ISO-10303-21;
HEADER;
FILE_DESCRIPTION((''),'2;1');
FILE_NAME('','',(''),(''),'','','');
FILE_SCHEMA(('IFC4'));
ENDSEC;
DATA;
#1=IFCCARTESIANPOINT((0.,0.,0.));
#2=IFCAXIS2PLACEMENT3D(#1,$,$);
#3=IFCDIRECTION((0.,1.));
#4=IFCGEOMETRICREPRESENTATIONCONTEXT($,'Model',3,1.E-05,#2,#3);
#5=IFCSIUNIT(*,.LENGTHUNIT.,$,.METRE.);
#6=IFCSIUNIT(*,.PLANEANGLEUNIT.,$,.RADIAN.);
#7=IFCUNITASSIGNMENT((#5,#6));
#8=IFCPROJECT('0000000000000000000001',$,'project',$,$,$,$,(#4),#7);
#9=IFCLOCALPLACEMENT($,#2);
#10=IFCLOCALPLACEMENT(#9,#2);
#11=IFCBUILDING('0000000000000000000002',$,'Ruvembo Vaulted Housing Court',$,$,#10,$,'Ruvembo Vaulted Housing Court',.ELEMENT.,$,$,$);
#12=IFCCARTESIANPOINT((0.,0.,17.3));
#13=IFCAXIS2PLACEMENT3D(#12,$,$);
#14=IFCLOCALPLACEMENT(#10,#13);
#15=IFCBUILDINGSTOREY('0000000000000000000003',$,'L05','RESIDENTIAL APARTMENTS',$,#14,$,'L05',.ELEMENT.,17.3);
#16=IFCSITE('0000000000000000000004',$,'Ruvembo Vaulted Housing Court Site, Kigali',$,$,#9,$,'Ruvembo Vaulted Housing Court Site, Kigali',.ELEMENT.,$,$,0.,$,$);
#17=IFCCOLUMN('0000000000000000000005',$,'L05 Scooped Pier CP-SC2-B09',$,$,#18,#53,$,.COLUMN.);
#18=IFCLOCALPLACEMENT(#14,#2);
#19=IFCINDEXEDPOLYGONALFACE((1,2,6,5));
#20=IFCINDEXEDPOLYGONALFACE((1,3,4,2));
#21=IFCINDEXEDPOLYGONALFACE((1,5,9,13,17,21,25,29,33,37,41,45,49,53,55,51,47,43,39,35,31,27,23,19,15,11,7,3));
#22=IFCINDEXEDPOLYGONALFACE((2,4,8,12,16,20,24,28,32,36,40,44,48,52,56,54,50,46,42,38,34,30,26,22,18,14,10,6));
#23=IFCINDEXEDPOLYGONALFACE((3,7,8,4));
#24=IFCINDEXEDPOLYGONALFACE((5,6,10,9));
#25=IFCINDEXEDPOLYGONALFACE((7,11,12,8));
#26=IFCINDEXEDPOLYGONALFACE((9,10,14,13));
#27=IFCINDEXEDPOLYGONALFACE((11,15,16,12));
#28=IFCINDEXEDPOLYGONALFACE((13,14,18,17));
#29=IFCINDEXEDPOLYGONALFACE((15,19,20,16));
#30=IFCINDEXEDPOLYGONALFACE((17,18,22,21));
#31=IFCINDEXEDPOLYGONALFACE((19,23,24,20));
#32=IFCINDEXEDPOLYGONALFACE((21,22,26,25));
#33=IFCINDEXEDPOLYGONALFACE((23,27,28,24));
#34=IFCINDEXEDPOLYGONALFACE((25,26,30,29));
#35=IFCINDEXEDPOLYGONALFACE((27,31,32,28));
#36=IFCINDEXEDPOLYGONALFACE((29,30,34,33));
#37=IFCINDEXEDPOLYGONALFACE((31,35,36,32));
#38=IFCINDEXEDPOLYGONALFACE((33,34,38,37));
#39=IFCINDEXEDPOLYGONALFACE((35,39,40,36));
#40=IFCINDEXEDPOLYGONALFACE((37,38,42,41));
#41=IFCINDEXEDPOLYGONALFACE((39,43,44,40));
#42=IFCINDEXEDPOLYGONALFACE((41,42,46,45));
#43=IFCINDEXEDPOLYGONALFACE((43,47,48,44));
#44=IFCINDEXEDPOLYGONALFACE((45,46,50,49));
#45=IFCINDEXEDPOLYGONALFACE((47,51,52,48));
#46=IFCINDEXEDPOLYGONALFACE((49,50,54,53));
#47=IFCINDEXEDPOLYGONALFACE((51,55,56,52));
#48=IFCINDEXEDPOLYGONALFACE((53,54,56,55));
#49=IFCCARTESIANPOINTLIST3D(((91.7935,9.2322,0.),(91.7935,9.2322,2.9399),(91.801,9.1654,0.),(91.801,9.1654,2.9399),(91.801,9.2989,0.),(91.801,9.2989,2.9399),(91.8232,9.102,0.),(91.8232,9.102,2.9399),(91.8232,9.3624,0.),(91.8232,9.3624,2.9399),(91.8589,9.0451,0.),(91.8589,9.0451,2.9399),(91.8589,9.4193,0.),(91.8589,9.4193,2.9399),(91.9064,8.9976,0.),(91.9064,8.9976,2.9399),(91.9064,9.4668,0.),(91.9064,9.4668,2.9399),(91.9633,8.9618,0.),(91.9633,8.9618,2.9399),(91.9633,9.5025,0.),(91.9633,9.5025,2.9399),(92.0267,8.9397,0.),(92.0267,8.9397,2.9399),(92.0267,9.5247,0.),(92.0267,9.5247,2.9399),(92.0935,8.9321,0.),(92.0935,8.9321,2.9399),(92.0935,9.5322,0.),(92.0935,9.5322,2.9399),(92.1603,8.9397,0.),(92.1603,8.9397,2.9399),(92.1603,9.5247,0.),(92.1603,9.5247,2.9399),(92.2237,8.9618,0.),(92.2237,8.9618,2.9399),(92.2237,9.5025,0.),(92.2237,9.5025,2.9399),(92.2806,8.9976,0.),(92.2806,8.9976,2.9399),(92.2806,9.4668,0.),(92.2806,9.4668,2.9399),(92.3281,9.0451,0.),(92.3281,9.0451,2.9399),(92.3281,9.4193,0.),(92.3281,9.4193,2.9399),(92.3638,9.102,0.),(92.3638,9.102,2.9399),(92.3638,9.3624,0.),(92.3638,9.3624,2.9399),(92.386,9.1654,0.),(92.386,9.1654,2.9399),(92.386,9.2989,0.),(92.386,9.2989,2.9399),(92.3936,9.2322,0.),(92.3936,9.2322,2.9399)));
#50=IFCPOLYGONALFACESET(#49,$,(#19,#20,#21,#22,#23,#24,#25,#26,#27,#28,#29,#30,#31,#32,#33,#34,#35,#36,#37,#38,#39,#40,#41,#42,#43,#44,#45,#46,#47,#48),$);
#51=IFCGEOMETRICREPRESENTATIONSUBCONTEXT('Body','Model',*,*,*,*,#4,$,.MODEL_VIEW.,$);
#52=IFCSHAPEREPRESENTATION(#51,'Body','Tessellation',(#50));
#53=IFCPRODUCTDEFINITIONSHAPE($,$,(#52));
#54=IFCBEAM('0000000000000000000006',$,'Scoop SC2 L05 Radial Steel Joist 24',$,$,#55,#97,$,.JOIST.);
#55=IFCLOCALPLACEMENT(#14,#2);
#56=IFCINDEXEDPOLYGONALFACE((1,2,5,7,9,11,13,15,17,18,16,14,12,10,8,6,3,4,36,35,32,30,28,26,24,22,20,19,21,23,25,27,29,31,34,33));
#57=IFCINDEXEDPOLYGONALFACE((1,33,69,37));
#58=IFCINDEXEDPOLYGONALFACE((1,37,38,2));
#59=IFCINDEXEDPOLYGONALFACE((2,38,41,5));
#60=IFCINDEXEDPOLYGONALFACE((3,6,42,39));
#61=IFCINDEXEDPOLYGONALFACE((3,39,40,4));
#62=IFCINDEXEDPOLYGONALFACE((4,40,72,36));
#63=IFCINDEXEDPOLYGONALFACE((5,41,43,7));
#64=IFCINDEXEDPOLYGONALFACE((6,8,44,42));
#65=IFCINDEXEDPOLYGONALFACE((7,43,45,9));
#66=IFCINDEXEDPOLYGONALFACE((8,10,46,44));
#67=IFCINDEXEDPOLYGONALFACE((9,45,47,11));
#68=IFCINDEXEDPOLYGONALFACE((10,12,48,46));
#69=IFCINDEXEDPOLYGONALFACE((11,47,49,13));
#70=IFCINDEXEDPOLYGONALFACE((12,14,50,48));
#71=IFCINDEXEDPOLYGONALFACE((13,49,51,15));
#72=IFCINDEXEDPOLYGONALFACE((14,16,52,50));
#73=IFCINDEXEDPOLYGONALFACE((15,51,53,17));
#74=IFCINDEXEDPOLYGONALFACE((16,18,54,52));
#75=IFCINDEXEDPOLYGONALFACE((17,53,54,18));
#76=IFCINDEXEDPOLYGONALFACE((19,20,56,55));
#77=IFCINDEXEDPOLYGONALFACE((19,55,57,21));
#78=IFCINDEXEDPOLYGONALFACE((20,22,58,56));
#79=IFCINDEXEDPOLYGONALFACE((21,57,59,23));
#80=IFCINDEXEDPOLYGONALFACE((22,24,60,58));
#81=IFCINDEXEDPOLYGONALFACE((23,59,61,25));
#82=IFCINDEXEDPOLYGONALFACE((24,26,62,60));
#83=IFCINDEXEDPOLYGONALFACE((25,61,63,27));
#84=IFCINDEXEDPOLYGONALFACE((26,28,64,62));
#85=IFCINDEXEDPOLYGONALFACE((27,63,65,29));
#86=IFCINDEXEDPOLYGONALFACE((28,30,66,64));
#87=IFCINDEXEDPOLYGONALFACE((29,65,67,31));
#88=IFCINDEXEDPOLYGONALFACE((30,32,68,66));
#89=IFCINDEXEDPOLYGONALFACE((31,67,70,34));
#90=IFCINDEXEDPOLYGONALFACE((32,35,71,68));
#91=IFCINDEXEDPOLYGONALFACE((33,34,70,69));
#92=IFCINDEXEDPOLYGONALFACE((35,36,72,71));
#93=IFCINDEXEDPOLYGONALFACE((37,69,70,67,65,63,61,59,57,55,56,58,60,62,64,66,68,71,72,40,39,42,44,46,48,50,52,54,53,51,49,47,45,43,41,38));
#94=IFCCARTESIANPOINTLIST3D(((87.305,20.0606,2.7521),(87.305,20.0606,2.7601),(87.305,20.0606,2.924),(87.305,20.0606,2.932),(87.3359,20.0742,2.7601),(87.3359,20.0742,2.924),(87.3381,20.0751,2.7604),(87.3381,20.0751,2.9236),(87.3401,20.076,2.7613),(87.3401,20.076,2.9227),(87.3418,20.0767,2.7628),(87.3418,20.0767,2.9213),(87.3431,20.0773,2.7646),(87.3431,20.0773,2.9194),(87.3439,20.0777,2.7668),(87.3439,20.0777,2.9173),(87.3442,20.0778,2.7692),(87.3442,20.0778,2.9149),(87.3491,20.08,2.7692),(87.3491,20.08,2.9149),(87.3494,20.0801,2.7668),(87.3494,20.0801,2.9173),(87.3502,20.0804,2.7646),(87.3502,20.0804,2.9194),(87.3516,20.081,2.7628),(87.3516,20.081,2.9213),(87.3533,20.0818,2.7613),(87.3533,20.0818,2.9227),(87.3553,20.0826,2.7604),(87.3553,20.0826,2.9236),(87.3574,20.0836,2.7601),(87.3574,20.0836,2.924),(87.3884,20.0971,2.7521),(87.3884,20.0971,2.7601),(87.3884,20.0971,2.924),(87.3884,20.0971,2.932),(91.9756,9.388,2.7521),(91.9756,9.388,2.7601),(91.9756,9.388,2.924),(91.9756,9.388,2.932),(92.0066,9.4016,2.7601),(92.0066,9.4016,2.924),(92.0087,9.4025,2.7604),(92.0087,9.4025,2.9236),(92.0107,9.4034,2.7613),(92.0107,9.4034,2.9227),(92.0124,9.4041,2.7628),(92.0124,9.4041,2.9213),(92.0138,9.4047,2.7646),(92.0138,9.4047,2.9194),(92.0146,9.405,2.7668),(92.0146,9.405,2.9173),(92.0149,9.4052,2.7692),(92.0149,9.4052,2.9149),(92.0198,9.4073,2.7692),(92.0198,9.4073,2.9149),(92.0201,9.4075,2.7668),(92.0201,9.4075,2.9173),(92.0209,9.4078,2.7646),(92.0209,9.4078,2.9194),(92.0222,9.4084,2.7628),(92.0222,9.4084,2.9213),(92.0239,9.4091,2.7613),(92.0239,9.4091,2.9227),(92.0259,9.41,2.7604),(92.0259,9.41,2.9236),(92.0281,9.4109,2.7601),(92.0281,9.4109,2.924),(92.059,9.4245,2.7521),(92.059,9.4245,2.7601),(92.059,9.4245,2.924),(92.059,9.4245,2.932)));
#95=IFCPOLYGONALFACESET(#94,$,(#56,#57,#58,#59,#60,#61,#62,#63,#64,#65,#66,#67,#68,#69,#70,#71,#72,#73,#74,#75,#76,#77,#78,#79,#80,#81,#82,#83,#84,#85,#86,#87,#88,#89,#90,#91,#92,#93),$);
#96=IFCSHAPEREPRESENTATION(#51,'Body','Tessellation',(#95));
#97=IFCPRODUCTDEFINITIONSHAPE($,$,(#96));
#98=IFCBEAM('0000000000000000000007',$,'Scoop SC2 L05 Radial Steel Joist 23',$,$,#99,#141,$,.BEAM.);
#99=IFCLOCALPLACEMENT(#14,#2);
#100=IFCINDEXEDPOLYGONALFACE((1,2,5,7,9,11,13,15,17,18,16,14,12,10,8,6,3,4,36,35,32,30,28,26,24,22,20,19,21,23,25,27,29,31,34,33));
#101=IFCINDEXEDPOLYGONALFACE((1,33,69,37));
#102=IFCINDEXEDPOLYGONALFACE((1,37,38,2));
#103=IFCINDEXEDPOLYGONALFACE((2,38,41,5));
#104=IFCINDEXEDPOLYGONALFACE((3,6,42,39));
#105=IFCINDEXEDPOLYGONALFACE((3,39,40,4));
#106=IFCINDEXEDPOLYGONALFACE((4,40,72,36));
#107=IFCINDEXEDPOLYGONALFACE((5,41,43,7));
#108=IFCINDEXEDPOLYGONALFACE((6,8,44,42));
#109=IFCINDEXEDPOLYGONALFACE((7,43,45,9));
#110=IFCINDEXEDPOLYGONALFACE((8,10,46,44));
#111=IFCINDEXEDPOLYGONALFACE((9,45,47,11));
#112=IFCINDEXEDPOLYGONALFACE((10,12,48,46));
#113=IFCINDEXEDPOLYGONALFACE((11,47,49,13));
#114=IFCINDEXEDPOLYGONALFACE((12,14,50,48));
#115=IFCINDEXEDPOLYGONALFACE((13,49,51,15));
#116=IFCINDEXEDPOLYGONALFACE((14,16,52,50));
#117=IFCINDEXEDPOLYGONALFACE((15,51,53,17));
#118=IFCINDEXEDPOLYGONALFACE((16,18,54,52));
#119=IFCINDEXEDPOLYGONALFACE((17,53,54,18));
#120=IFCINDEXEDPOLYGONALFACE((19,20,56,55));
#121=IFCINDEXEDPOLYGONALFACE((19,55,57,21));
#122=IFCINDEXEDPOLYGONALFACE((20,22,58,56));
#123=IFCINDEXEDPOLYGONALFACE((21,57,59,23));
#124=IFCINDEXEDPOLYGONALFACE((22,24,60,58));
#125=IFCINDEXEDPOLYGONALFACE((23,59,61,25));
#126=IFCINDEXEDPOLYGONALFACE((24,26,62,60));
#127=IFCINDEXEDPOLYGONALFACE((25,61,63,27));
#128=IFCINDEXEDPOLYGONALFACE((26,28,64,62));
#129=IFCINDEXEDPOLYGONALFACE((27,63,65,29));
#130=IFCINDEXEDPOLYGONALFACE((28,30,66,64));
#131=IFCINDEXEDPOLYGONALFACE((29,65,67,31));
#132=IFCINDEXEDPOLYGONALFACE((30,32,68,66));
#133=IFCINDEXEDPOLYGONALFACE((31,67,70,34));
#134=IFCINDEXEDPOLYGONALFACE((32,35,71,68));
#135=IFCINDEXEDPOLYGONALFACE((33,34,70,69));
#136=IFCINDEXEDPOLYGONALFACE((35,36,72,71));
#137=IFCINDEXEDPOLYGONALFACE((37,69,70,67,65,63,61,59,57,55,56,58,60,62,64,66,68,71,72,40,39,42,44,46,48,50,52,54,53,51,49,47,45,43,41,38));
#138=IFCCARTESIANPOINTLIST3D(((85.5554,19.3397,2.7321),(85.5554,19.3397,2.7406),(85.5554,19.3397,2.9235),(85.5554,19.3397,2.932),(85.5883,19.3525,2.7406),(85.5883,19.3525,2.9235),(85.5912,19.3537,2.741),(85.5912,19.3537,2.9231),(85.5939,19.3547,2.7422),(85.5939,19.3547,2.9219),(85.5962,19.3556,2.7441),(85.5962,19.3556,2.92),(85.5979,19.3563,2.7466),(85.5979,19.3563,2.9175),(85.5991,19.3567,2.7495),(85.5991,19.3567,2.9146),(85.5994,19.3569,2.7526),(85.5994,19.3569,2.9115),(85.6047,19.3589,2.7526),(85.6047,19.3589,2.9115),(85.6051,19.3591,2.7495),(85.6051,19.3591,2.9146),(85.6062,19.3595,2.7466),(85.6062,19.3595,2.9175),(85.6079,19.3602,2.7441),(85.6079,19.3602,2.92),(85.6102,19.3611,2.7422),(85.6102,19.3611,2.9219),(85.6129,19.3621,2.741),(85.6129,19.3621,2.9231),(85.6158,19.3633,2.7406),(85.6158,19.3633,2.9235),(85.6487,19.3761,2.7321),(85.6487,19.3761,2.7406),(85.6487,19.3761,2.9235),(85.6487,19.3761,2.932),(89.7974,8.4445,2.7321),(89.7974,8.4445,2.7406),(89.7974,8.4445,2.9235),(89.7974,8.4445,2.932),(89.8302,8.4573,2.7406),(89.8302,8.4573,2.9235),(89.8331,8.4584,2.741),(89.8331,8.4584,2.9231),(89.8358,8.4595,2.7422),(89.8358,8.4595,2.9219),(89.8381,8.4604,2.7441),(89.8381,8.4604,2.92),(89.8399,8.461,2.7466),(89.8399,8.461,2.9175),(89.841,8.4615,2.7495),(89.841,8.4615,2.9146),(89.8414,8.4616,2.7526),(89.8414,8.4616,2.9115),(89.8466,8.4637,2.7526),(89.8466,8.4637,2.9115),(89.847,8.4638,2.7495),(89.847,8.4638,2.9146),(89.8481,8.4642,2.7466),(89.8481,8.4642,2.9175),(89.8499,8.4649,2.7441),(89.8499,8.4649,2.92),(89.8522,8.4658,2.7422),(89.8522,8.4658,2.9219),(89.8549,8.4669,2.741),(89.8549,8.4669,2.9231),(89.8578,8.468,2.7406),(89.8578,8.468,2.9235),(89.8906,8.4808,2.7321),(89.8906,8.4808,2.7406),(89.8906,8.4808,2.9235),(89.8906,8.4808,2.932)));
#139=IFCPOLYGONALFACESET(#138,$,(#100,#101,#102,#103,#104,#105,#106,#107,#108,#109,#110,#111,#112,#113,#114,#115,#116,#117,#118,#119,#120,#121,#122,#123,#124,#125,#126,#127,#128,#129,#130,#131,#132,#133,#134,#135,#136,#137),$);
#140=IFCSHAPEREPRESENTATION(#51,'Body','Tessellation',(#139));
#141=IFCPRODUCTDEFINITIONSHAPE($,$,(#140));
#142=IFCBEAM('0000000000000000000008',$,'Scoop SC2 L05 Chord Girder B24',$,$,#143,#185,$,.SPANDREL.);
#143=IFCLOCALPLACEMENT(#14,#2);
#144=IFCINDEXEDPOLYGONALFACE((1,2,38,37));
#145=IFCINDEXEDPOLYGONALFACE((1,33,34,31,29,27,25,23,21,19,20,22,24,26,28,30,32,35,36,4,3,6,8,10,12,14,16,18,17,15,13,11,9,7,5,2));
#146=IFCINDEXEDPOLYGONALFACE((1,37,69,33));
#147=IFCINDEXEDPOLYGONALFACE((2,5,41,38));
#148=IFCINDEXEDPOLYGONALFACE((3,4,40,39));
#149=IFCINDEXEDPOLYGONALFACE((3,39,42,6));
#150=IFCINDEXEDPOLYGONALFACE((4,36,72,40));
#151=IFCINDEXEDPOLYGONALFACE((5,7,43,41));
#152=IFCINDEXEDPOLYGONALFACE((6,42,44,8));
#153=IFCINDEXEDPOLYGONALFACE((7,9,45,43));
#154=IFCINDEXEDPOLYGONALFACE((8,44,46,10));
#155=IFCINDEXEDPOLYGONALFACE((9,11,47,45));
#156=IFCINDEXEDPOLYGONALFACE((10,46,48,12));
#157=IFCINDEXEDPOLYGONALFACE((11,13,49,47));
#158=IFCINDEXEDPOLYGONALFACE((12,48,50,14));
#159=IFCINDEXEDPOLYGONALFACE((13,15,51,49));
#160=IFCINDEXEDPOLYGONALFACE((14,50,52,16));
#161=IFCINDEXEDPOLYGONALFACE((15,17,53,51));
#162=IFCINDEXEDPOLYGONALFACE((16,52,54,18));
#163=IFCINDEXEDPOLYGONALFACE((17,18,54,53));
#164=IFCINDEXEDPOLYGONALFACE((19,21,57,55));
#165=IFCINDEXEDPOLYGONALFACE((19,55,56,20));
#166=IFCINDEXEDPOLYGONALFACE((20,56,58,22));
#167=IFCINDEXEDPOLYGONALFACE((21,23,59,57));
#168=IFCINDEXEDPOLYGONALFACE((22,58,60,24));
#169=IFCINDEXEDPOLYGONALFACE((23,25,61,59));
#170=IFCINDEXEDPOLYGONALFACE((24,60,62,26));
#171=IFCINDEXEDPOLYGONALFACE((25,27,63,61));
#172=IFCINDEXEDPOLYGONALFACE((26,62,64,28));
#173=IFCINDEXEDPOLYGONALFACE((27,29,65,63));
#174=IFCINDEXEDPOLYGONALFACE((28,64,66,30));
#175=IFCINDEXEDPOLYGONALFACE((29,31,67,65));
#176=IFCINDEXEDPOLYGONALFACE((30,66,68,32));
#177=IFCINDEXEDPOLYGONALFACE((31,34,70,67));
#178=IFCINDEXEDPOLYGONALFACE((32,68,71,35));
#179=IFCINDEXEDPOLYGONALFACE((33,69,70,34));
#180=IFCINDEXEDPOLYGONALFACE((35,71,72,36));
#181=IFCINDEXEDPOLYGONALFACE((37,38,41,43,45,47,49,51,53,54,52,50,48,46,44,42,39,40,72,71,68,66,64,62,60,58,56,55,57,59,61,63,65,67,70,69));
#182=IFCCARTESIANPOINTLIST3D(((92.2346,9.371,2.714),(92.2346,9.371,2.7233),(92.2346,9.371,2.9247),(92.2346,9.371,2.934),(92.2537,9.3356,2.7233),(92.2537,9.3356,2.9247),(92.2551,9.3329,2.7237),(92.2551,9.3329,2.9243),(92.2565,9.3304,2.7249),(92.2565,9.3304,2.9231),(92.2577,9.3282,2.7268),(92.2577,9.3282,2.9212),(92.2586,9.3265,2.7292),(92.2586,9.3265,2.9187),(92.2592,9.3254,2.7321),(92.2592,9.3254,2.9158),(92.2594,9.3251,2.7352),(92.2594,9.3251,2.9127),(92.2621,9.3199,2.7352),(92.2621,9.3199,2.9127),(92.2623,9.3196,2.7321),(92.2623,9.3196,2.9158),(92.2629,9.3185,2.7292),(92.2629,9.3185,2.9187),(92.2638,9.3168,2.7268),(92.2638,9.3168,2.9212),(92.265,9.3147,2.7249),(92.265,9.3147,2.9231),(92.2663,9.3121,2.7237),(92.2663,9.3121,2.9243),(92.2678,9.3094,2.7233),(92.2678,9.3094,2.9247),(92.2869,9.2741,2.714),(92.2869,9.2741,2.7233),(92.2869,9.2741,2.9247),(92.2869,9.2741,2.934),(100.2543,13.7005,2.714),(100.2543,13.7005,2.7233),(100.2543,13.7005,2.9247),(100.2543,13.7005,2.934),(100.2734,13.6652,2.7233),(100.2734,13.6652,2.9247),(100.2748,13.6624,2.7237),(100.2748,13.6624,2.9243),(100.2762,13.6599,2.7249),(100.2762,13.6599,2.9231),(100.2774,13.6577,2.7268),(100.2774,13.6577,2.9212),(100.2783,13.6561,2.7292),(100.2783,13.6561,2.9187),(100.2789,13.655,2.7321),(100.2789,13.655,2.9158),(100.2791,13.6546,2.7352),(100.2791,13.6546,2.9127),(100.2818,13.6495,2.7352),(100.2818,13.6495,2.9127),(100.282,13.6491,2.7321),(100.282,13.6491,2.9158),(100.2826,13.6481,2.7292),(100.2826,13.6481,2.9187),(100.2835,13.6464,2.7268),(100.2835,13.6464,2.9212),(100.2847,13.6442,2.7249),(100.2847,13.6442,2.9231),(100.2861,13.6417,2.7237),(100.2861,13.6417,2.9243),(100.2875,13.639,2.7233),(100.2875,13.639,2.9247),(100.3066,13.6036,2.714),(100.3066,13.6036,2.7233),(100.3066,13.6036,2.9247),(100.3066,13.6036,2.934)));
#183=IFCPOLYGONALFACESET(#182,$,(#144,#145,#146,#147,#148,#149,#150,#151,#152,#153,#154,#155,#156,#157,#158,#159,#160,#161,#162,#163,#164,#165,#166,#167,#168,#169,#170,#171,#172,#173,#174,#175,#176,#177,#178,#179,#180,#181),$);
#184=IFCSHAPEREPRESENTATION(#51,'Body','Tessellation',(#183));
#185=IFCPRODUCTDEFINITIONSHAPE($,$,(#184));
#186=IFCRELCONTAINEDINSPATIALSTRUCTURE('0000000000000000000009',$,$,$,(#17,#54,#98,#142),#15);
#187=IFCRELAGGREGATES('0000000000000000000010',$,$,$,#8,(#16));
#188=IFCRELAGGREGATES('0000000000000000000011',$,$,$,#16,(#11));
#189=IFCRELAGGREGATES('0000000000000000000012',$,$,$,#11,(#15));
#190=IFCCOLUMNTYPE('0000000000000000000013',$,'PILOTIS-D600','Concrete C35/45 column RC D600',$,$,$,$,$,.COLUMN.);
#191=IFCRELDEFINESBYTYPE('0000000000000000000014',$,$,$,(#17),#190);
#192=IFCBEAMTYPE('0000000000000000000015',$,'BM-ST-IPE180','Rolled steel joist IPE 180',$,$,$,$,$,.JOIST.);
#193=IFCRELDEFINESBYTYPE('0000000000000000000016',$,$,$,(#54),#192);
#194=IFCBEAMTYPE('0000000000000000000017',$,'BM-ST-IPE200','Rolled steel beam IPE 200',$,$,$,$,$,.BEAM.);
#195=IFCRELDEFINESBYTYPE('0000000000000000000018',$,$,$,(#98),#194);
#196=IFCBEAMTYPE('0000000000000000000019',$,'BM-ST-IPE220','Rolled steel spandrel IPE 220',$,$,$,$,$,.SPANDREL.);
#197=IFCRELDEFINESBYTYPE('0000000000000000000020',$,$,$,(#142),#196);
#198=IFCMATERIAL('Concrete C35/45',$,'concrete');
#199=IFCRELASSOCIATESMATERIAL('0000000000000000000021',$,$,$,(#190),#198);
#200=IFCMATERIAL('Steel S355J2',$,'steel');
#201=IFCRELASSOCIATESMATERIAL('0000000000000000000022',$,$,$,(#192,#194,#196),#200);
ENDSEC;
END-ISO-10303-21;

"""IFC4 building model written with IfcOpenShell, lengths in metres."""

from ifc_helpers import new_model, si_unit, direction, frame, origin, origin_2d, place, context, subcontext, project, spatial, circle, i_section, extrude, material, material_profile, profile_set, type_object, element, save


model = new_model("IFC4")

# Units and contexts
model_context = context("Model", 3, precision=1e-05, world=origin(), true_north=direction((0.0, 1.0)))
body_context = subcontext(model_context, "Body", "Model", "MODEL_VIEW")
ifc_project = project(units=[si_unit("LENGTHUNIT", "METRE"), si_unit("PLANEANGLEUNIT", "RADIAN")], contexts=[model_context])

# Site, building, storey
site_placement = place(None, origin())
site = spatial("IfcSite", under=ifc_project, at=site_placement, Name="Ruvembo Vaulted Housing Court Site, Kigali", LongName="Ruvembo Vaulted Housing Court Site, Kigali", CompositionType="ELEMENT", RefElevation=0.0)
building_placement = place(site_placement, origin())
building = spatial("IfcBuilding", under=site, at=building_placement, Name="Ruvembo Vaulted Housing Court", LongName="Ruvembo Vaulted Housing Court", CompositionType="ELEMENT")
storey_placement = place(building_placement, frame((0.0, 0.0, 17.3)))
storey = spatial("IfcBuildingStorey", under=building, at=storey_placement, Name="L05", Description="RESIDENTIAL APARTMENTS", LongName="L05", CompositionType="ELEMENT", Elevation=17.3)

# Column
ifc_material_1 = material(Name="Concrete C35/45", Category="concrete")
ifc_material_profile_1 = material_profile(ifc_material_1, circle(Radius=0.3, at=origin_2d()), Name="RC D600")
ifc_profile_set_1 = profile_set([ifc_material_profile_1], Name="Concrete C35/45")
column_type = type_object("IfcColumnType", Name="PILOTIS-D600", Description="Concrete C35/45 column RC D600", PredefinedType="COLUMN", material=ifc_profile_set_1)
column_placement = place(storey_placement, frame((92.0935, 9.2322, 0.0), z_axis=(0.0, 0.0, 1.0), x_axis=(1.0, 0.0, 0.0)))
element("IfcColumn", 1, at=column_placement, inside=storey, type_object=column_type, Name="L05 Scooped Pier CP-SC2-B09", PredefinedType="COLUMN", context=body_context, shape_type="SweptSolid", body=[
    extrude(circle(Radius=0.3, at=origin_2d()), origin(), (0.0, 0.0, 1.0), 2.9399),
])

# Beams
ifc_material_2 = material(Name="Steel S355J2", Category="steel")
ifc_material_profile_2 = material_profile(ifc_material_2, i_section(OverallWidth=0.0911, OverallDepth=0.1799, WebThickness=0.0054, FlangeThickness=0.0081, FilletRadius=0.009, at=origin_2d()), Name="IPE 180")
ifc_profile_set_2 = profile_set([ifc_material_profile_2], Name="Steel S355J2")
beam_type_1 = type_object("IfcBeamType", Name="BM-ST-IPE180", Description="Rolled steel joist IPE 180", PredefinedType="JOIST", material=ifc_profile_set_2)
beam_1_placement = place(storey_placement, frame((92.0173, 9.4062, 2.842), z_axis=(-0.400919, 0.916114, 0.0), x_axis=(-0.916114, -0.400919, 0.0)))
element("IfcBeam", 2, at=beam_1_placement, inside=storey, type_object=beam_type_1, Name="Scoop SC2 L05 Radial Steel Joist 24", PredefinedType="JOIST", context=body_context, shape_type="SweptSolid", body=[
    extrude(i_section(OverallWidth=0.0911, OverallDepth=0.1799, WebThickness=0.0054, FlangeThickness=0.0081, FilletRadius=0.009, at=origin_2d()), origin(), (0.0, 0.0, 1.0), 11.6499),
])
ifc_material_profile_3 = material_profile(ifc_material_2, i_section(OverallWidth=0.1001, OverallDepth=0.2, WebThickness=0.0056, FlangeThickness=0.0085, FilletRadius=0.012, at=origin_2d()), Name="IPE 200")
ifc_profile_set_3 = profile_set([ifc_material_profile_3], Name="Steel S355J2")
beam_type_2 = type_object("IfcBeamType", Name="BM-ST-IPE200", Description="Rolled steel beam IPE 200", PredefinedType="BEAM", material=ifc_profile_set_3)
beam_2_placement = place(storey_placement, frame((89.844, 8.4626, 2.832), z_axis=(-0.36281, 0.931863, 0.0), x_axis=(-0.931863, -0.36281, 0.0)))
element("IfcBeam", 3, at=beam_2_placement, inside=storey, type_object=beam_type_2, Name="Scoop SC2 L05 Radial Steel Joist 23", PredefinedType="BEAM", context=body_context, shape_type="SweptSolid", body=[
    extrude(i_section(OverallWidth=0.1001, OverallDepth=0.2, WebThickness=0.0056, FlangeThickness=0.0085, FilletRadius=0.012, at=origin_2d()), origin(), (0.0, 0.0, 1.0), 11.6919),
])
ifc_material_profile_4 = material_profile(ifc_material_2, i_section(OverallWidth=0.1101, OverallDepth=0.22, WebThickness=0.0059, FlangeThickness=0.0093, FilletRadius=0.012, at=origin_2d()), Name="IPE 220")
ifc_profile_set_4 = profile_set([ifc_material_profile_4], Name="Steel S355J2")
beam_type_3 = type_object("IfcBeamType", Name="BM-ST-IPE220", Description="Rolled steel spandrel IPE 220", PredefinedType="SPANDREL", material=ifc_profile_set_4)
beam_3_placement = place(storey_placement, frame((92.2607, 9.3225, 2.824), z_axis=(0.879955, 0.475056, 0.0), x_axis=(-0.475056, 0.879955, 0.0)))
element("IfcBeam", 4, at=beam_3_placement, inside=storey, type_object=beam_type_3, Name="Scoop SC2 L05 Chord Girder B24", PredefinedType="SPANDREL", context=body_context, shape_type="SweptSolid", body=[
    extrude(i_section(OverallWidth=0.1101, OverallDepth=0.22, WebThickness=0.0059, FlangeThickness=0.0093, FilletRadius=0.012, at=origin_2d()), origin(), (0.0, 0.0, 1.0), 9.1138),
])

save(model, "model.ifc")
